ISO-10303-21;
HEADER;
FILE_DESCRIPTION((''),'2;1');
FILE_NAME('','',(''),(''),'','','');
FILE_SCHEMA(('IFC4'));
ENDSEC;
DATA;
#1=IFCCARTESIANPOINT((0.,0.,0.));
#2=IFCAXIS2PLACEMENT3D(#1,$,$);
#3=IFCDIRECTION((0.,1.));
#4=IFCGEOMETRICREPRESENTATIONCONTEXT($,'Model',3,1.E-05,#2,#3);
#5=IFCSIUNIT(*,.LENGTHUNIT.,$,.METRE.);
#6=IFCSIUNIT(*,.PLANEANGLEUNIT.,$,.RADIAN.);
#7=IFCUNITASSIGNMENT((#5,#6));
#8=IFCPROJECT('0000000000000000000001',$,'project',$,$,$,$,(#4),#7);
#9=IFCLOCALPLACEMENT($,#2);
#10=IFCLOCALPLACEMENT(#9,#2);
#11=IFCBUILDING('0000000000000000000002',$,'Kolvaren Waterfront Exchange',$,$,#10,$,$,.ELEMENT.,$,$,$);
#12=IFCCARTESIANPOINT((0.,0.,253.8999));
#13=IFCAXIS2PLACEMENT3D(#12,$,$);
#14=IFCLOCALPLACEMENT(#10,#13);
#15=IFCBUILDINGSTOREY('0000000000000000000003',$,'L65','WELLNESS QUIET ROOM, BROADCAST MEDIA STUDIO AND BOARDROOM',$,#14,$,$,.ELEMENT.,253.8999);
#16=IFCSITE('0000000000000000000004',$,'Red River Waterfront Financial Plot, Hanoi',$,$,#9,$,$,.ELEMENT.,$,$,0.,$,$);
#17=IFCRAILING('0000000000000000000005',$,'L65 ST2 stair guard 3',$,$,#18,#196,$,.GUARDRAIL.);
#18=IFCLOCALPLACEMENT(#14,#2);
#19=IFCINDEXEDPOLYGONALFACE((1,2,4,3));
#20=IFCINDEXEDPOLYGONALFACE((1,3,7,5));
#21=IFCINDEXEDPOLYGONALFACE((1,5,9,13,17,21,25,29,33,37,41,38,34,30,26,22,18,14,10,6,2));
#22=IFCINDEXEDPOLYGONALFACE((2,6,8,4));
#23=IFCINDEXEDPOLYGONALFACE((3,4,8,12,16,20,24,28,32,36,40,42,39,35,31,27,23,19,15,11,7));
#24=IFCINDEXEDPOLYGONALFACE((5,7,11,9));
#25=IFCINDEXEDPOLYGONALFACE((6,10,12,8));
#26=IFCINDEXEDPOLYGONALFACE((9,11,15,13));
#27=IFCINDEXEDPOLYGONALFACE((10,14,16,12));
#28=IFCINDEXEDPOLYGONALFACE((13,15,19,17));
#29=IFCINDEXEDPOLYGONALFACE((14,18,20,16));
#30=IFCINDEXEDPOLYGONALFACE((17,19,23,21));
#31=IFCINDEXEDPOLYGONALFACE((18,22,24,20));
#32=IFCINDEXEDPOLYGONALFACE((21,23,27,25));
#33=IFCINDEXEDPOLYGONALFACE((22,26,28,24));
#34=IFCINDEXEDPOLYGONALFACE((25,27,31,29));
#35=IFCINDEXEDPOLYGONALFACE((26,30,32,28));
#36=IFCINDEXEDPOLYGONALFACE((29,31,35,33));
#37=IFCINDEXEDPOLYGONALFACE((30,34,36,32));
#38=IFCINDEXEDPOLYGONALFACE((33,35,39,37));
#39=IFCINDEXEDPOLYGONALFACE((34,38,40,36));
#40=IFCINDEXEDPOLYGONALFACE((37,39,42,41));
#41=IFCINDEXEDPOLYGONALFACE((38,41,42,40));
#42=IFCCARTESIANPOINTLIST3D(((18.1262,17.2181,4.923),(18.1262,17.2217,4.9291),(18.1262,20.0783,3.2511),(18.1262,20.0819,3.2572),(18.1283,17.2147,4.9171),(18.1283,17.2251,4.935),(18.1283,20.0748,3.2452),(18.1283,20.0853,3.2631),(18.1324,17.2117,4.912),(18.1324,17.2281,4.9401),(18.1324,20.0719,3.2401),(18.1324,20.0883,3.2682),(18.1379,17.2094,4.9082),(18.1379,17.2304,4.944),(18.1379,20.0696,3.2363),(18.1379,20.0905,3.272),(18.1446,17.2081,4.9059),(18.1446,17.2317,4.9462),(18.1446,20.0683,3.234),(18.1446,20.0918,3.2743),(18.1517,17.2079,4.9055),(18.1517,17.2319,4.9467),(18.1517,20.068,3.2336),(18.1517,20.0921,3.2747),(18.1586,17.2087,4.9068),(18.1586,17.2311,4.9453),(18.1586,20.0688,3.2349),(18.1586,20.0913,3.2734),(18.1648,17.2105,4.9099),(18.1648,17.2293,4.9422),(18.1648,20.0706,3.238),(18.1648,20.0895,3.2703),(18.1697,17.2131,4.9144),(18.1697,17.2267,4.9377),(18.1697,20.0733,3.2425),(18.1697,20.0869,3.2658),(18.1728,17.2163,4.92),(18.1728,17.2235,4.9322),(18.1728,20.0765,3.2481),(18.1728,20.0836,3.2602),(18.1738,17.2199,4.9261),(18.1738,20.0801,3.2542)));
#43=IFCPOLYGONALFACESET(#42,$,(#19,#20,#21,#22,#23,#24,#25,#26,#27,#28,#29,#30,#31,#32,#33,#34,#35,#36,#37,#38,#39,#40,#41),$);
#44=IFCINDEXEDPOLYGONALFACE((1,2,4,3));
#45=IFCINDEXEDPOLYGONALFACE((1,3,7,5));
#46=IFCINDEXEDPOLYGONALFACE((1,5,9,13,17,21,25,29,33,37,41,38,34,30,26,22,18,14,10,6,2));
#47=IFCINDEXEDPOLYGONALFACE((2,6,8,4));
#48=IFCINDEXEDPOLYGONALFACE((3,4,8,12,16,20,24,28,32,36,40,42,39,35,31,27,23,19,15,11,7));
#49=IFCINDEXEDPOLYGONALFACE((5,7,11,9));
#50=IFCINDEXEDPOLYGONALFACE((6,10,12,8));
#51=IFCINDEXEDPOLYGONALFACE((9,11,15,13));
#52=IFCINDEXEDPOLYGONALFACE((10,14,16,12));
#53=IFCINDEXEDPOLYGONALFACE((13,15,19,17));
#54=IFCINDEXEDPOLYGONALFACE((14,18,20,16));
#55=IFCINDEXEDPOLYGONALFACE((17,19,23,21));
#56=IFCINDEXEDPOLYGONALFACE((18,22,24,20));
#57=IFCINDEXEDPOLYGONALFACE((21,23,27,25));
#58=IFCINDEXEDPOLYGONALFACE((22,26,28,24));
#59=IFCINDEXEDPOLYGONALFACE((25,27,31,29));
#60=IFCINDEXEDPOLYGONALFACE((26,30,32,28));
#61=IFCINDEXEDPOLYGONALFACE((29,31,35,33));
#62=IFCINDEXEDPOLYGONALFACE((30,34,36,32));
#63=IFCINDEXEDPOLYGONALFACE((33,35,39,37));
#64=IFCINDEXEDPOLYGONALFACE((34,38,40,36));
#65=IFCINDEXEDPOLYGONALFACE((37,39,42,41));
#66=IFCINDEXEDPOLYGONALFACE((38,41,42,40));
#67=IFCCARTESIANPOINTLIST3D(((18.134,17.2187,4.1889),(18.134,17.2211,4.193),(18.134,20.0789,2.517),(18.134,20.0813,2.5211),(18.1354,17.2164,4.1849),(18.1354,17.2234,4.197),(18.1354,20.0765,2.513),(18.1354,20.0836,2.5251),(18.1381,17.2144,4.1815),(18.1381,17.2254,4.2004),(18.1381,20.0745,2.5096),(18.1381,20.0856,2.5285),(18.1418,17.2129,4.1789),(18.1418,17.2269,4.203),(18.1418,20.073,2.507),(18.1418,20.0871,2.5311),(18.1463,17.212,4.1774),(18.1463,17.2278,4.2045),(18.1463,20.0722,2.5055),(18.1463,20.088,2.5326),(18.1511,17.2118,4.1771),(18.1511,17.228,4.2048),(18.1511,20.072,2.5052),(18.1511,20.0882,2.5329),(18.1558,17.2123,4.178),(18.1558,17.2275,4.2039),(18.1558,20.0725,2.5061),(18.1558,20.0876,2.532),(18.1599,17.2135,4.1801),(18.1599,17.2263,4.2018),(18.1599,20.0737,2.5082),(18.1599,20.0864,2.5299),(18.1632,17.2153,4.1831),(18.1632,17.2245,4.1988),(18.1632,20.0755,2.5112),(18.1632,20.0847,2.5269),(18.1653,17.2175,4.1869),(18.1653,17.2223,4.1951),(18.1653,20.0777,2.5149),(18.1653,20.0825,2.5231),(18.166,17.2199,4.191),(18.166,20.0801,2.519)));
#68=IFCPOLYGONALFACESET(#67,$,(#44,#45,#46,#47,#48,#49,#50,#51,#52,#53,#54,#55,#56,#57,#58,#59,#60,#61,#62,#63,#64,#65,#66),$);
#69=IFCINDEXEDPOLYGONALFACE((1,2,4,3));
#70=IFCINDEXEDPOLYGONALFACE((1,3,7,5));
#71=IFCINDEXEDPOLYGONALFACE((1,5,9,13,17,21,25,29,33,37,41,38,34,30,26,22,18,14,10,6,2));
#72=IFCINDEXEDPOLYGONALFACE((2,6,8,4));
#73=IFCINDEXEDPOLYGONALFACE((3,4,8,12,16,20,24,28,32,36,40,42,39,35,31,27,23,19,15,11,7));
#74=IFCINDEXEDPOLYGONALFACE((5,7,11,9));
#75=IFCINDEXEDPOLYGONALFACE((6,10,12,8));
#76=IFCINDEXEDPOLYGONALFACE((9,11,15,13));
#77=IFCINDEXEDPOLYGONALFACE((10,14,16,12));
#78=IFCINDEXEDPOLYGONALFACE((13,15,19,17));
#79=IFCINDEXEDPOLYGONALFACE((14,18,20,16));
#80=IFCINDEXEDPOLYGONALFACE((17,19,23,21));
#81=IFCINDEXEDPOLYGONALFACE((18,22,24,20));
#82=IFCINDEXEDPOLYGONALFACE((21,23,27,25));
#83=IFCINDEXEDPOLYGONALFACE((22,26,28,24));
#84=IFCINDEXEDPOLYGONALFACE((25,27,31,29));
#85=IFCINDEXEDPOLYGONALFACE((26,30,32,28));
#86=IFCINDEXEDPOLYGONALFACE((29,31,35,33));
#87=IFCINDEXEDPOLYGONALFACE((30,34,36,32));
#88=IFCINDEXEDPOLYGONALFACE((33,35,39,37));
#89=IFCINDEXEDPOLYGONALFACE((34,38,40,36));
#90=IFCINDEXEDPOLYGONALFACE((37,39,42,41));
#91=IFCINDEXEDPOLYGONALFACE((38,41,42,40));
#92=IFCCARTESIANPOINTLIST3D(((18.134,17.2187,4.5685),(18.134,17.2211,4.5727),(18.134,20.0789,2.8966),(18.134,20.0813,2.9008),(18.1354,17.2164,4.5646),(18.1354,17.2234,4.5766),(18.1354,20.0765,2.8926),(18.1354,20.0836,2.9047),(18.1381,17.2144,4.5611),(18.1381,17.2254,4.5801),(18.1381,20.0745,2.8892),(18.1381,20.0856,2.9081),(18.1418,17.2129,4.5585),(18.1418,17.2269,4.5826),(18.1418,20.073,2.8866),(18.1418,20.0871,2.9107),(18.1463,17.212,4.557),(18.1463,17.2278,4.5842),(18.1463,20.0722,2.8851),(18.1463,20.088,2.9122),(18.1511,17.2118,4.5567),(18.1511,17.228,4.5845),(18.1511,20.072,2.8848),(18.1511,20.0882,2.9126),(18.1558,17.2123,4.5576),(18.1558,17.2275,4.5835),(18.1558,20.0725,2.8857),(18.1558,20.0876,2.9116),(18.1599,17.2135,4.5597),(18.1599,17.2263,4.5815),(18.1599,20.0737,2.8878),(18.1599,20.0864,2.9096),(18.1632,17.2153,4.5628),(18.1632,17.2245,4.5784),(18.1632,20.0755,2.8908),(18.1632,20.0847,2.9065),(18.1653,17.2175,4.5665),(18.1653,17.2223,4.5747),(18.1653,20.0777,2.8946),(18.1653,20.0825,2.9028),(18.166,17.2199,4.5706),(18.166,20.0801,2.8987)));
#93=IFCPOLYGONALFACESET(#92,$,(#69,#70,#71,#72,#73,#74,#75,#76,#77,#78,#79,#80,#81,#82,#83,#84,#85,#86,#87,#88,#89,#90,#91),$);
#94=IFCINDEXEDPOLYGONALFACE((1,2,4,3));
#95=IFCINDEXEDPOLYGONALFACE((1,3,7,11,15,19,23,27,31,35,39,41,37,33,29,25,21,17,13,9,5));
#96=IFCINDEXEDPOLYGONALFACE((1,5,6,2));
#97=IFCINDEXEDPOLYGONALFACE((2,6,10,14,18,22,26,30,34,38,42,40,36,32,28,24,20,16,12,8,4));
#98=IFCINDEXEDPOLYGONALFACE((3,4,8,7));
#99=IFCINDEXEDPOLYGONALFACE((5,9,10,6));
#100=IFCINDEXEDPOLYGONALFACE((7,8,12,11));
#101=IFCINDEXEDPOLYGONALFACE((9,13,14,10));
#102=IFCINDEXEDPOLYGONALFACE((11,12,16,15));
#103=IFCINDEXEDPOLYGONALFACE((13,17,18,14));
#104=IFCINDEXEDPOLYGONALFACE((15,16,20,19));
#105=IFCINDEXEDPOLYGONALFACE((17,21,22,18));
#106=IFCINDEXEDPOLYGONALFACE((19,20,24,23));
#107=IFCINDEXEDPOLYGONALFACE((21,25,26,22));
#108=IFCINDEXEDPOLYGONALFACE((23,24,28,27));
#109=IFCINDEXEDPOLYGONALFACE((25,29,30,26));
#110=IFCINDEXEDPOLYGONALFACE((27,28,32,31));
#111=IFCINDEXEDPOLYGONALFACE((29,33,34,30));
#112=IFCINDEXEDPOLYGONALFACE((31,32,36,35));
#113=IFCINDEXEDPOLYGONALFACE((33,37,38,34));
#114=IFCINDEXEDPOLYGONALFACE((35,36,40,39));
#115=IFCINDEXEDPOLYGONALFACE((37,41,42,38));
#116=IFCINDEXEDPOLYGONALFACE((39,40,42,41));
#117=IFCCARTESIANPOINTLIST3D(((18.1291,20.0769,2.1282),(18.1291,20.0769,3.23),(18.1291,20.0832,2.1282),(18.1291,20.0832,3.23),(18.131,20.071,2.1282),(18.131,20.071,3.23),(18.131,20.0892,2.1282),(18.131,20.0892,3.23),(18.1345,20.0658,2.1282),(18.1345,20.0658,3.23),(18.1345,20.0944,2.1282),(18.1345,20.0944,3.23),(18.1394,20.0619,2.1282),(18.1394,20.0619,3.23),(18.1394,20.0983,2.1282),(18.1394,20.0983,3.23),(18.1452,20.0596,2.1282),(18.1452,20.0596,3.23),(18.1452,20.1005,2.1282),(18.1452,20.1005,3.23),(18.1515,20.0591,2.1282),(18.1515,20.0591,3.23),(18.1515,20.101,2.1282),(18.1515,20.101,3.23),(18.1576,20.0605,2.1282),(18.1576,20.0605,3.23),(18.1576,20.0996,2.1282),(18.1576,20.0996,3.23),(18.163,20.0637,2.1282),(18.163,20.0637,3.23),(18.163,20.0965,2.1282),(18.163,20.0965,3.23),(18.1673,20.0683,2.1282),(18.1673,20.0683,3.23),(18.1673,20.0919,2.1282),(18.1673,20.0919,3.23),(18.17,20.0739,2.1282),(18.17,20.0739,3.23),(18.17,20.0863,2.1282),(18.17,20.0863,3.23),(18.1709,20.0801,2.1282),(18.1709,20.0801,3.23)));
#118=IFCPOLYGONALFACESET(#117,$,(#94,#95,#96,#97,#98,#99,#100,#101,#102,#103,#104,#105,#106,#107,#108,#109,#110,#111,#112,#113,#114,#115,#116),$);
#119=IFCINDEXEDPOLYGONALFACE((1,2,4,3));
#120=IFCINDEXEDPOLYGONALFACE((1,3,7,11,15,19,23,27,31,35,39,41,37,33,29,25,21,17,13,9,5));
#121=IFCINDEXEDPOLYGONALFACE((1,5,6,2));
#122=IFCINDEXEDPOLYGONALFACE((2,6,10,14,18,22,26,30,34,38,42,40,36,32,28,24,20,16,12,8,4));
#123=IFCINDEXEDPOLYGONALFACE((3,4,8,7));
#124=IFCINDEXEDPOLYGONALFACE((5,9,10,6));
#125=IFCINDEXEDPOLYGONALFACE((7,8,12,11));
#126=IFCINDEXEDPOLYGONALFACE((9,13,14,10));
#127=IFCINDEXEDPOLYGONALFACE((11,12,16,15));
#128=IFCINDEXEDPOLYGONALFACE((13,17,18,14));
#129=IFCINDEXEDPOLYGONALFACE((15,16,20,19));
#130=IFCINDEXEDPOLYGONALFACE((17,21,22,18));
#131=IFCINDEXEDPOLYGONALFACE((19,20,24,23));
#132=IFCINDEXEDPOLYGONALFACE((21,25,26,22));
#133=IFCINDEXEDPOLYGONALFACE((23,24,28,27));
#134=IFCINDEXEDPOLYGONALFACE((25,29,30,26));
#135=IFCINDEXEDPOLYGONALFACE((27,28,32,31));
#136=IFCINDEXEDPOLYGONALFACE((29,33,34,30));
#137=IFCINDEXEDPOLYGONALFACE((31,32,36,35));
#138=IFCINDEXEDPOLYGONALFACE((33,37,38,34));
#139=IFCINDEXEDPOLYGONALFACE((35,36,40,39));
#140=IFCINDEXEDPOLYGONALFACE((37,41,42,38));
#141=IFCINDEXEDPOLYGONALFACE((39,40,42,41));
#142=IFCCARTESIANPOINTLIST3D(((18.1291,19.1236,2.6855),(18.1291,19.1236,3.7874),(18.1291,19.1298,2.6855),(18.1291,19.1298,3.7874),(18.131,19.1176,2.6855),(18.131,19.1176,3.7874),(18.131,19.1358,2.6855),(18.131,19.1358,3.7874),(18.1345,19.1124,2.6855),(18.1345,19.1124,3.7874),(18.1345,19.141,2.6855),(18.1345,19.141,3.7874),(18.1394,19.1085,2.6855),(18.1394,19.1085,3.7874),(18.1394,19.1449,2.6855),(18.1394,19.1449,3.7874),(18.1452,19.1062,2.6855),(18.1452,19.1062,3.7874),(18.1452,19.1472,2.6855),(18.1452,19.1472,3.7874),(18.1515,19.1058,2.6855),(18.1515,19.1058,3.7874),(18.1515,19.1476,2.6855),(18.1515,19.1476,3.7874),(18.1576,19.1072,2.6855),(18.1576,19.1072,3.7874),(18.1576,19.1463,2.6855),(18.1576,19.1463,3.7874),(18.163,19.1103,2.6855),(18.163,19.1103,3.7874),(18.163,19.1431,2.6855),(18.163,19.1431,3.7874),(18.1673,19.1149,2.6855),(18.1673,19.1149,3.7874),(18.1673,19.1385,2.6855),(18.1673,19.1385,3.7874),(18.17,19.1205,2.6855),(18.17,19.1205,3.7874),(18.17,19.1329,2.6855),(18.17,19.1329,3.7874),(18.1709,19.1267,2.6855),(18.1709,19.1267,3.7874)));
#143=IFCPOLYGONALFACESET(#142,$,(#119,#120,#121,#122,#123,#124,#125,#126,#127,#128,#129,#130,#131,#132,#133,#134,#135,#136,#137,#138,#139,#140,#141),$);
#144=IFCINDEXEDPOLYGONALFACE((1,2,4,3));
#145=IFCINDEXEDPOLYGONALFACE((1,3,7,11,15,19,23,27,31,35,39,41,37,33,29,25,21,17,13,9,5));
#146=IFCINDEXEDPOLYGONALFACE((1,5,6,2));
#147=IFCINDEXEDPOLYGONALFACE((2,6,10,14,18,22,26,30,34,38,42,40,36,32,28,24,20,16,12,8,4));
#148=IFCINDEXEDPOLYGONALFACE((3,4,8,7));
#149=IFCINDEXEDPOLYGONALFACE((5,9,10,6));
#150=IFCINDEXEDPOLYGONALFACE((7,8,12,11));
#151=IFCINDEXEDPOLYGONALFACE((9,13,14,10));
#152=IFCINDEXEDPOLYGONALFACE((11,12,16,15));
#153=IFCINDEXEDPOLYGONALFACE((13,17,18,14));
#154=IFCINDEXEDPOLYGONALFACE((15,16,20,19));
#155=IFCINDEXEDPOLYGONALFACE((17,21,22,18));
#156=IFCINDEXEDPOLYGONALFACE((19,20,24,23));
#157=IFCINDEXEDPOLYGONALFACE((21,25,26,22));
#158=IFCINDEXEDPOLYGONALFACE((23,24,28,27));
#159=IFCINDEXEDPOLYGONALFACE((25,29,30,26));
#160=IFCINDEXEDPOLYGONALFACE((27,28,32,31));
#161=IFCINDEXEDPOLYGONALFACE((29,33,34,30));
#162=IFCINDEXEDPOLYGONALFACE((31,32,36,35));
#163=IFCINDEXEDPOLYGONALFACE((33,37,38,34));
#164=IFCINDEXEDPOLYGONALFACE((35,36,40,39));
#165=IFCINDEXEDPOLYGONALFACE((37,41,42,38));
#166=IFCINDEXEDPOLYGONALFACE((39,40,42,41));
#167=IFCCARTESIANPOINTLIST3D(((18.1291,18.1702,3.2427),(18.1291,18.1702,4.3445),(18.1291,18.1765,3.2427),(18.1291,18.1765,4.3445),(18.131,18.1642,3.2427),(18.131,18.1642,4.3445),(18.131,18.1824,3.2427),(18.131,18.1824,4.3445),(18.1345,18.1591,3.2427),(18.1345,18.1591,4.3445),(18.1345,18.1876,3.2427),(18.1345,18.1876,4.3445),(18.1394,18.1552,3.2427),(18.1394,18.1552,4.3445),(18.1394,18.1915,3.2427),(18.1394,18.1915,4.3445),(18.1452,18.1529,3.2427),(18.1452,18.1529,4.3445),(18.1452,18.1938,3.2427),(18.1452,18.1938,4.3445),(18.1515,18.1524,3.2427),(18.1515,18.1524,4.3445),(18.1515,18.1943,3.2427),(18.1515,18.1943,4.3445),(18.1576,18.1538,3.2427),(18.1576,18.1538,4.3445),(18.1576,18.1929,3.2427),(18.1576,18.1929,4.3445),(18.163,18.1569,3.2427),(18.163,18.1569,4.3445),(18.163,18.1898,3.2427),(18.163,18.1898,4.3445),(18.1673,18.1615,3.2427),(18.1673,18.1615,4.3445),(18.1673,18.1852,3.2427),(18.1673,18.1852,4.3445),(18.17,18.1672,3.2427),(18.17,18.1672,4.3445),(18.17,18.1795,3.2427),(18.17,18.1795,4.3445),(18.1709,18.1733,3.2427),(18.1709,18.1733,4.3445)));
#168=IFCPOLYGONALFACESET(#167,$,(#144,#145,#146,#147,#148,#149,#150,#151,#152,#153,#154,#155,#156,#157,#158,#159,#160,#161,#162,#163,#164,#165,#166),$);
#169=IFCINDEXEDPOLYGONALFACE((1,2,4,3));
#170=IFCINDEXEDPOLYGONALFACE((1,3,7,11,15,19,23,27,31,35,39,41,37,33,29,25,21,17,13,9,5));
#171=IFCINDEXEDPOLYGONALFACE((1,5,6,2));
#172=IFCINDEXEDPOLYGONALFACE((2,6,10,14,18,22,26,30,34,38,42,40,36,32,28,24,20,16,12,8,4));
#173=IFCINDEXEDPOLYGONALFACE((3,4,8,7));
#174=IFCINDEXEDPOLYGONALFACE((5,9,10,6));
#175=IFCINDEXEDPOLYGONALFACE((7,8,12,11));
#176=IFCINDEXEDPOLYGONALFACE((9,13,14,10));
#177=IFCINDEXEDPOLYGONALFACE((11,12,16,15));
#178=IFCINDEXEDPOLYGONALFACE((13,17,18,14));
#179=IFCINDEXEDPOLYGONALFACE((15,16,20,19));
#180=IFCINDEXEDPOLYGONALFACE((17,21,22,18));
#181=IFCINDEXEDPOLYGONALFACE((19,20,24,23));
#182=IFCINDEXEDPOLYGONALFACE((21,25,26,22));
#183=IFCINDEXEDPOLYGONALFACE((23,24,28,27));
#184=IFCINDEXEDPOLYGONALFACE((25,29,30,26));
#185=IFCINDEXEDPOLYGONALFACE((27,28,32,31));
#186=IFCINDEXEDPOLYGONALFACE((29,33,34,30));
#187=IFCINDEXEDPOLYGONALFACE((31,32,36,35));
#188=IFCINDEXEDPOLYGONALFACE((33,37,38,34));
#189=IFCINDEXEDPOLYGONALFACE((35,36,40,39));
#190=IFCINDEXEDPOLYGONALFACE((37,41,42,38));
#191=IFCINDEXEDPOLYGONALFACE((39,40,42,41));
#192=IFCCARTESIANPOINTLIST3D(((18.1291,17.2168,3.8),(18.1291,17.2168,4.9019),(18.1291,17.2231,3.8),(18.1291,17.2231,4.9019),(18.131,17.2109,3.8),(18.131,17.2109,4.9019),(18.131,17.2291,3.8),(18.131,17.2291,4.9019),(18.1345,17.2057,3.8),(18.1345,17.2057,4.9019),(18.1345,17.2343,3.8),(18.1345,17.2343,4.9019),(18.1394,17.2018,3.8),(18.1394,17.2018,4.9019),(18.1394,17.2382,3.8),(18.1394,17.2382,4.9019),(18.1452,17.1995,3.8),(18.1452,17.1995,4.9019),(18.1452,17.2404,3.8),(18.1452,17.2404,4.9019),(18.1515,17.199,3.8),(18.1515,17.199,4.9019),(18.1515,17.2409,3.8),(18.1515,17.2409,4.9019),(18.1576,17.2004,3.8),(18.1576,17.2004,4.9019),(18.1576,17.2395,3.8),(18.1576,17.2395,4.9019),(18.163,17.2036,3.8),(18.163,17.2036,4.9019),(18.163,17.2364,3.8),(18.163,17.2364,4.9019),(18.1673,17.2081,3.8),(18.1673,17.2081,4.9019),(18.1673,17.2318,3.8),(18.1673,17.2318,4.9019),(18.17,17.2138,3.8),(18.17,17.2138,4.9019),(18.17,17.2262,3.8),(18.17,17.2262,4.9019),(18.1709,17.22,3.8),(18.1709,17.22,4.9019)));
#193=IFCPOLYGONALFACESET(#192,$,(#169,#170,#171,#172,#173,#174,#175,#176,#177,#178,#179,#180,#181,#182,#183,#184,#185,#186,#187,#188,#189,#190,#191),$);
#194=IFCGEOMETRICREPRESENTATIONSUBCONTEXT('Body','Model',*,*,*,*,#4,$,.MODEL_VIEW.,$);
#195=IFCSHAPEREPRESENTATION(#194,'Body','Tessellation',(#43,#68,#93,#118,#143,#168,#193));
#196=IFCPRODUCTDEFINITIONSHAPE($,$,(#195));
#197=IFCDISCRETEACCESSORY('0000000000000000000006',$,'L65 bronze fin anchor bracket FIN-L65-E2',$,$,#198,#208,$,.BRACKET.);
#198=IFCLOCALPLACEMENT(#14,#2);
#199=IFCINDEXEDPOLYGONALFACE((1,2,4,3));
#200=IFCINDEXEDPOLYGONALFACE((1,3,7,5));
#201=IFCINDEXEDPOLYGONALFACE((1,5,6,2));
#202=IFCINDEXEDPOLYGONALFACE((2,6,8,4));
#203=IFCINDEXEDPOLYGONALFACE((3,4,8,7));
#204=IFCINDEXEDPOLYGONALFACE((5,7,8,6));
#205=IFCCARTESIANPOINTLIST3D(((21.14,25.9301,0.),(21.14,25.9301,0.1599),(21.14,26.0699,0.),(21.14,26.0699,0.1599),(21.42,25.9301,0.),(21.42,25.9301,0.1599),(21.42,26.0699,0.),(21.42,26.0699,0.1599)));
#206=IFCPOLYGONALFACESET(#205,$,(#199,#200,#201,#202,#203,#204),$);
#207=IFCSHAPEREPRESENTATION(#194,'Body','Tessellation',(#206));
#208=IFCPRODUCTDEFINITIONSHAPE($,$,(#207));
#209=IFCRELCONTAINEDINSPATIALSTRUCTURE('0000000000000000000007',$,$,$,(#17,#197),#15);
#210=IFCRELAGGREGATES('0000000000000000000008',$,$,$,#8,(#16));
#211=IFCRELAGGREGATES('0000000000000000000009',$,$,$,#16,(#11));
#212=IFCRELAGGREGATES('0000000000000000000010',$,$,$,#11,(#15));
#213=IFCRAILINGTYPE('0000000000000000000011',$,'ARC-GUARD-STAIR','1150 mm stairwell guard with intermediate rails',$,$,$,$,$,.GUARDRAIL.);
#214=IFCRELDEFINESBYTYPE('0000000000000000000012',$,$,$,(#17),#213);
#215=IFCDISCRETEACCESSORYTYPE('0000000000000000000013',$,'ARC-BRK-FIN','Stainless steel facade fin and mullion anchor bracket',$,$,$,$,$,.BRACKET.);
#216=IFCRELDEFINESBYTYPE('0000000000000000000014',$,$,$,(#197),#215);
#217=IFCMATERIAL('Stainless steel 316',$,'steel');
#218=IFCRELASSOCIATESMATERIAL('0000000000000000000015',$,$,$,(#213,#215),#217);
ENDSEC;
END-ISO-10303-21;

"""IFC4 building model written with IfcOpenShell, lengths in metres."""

from ifc_helpers import new_model, si_unit, direction, frame, origin, origin_with_axes, origin_2d, place, context, subcontext, project, spatial, rectangle, circle, extrude, source, transform, mapped, material, type_object, element, save


model = new_model("IFC4")

# Units and contexts
model_context = context("Model", 3, precision=1e-05, world=origin(), true_north=direction((0.0, 1.0)))
body_context = subcontext(model_context, "Body", "Model", "MODEL_VIEW")
ifc_project = project(units=[si_unit("LENGTHUNIT", "METRE"), si_unit("PLANEANGLEUNIT", "RADIAN")], contexts=[model_context])

# Site, building, storey
site_placement = place(None, origin())
site = spatial("IfcSite", under=ifc_project, at=site_placement, Name="Red River Waterfront Financial Plot, Hanoi", CompositionType="ELEMENT", RefElevation=0.0)
building_placement = place(site_placement, origin())
building = spatial("IfcBuilding", under=site, at=building_placement, Name="Kolvaren Waterfront Exchange", CompositionType="ELEMENT")
storey_placement = place(building_placement, frame((0.0, 0.0, 253.8999)))
storey = spatial("IfcBuildingStorey", under=building, at=storey_placement, Name="L65", Description="WELLNESS QUIET ROOM, BROADCAST MEDIA STUDIO AND BOARDROOM", CompositionType="ELEMENT", Elevation=253.8999)

# Railing
ifc_material_1 = material(Name="Stainless steel 316", Category="steel")
railing_type = type_object("IfcRailingType", Name="ARC-GUARD-STAIR", Description="1150 mm stairwell guard with intermediate rails", PredefinedType="GUARDRAIL", material=ifc_material_1)
railing_1_placement = place(storey_placement, frame((18.1499, 20.0801, 2.1282)))
element("IfcRailing", 1, at=railing_1_placement, inside=storey, type_object=railing_type, Name="L65 ST2 stair guard 3", PredefinedType="GUARDRAIL", context=body_context, shape_type="SweptSolid", body=[
    extrude(circle(Radius=0.0239, at=origin_2d()), frame((0.0, 0.0, 1.126), z_axis=(0.0, -0.863321, 0.504654), x_axis=(1.0, 0.0, 0.0)), (0.0, 0.0, 1.0), 3.313),
    extrude(circle(Radius=0.0161, at=origin_2d()), frame((0.0, 0.0, 0.3909), z_axis=(0.0, -0.863321, 0.504654), x_axis=(1.0, 0.0, 0.0)), (0.0, 0.0, 1.0), 3.313),
    extrude(circle(Radius=0.0161, at=origin_2d()), frame((0.0, 0.0, 0.7705), z_axis=(0.0, -0.863321, 0.504654), x_axis=(1.0, 0.0, 0.0)), (0.0, 0.0, 1.0), 3.313),
    extrude(circle(Radius=0.021, at=origin_2d()), origin(), (0.0, 0.0, 1.0), 1.1018),
    extrude(circle(Radius=0.021, at=origin_2d()), frame((0.0, -0.9534, 0.5574)), (0.0, 0.0, 1.0), 1.1018),
    extrude(circle(Radius=0.021, at=origin_2d()), frame((0.0, -1.9067, 1.1145)), (0.0, 0.0, 1.0), 1.1018),
    extrude(circle(Radius=0.021, at=origin_2d()), frame((0.0, -2.8601, 1.6719)), (0.0, 0.0, 1.0), 1.1018),
])

# Discrete accessory
discrete_accessory_type = type_object("IfcDiscreteAccessoryType", Name="ARC-BRK-FIN", Description="Stainless steel facade fin and mullion anchor bracket", PredefinedType="BRACKET", material=ifc_material_1)
shared_shape_1 = source(origin_with_axes(), body_context, "Body", "SweptSolid", [
    extrude(rectangle(XDim=0.28, YDim=0.1399, at=origin_2d()), origin(), (0.0, 0.0, 1.0), 0.1599),
])
for number, where, z_axis, x_axis, name in (
    (2, (21.28, 26.0, 0.0), (0.0, 0.0, 1.0), (1.0, 0.0, 0.0), "L65 bronze fin anchor bracket FIN-L65-E2"),
):
    element("IfcDiscreteAccessory", number, at=place(storey_placement, frame(where, z_axis=z_axis, x_axis=x_axis)), inside=storey, type_object=discrete_accessory_type, Name=name, PredefinedType="BRACKET", context=body_context, shape_type="MappedRepresentation", body=[
        mapped(shared_shape_1, transform((0.0, 0.0, 0.0), x_axis=(1.0, 0.0, 0.0), y_axis=(0.0, 1.0, 0.0), z_axis=(0.0, 0.0, 1.0), scale=1.0)),
    ])

save(model, "model.ifc")
